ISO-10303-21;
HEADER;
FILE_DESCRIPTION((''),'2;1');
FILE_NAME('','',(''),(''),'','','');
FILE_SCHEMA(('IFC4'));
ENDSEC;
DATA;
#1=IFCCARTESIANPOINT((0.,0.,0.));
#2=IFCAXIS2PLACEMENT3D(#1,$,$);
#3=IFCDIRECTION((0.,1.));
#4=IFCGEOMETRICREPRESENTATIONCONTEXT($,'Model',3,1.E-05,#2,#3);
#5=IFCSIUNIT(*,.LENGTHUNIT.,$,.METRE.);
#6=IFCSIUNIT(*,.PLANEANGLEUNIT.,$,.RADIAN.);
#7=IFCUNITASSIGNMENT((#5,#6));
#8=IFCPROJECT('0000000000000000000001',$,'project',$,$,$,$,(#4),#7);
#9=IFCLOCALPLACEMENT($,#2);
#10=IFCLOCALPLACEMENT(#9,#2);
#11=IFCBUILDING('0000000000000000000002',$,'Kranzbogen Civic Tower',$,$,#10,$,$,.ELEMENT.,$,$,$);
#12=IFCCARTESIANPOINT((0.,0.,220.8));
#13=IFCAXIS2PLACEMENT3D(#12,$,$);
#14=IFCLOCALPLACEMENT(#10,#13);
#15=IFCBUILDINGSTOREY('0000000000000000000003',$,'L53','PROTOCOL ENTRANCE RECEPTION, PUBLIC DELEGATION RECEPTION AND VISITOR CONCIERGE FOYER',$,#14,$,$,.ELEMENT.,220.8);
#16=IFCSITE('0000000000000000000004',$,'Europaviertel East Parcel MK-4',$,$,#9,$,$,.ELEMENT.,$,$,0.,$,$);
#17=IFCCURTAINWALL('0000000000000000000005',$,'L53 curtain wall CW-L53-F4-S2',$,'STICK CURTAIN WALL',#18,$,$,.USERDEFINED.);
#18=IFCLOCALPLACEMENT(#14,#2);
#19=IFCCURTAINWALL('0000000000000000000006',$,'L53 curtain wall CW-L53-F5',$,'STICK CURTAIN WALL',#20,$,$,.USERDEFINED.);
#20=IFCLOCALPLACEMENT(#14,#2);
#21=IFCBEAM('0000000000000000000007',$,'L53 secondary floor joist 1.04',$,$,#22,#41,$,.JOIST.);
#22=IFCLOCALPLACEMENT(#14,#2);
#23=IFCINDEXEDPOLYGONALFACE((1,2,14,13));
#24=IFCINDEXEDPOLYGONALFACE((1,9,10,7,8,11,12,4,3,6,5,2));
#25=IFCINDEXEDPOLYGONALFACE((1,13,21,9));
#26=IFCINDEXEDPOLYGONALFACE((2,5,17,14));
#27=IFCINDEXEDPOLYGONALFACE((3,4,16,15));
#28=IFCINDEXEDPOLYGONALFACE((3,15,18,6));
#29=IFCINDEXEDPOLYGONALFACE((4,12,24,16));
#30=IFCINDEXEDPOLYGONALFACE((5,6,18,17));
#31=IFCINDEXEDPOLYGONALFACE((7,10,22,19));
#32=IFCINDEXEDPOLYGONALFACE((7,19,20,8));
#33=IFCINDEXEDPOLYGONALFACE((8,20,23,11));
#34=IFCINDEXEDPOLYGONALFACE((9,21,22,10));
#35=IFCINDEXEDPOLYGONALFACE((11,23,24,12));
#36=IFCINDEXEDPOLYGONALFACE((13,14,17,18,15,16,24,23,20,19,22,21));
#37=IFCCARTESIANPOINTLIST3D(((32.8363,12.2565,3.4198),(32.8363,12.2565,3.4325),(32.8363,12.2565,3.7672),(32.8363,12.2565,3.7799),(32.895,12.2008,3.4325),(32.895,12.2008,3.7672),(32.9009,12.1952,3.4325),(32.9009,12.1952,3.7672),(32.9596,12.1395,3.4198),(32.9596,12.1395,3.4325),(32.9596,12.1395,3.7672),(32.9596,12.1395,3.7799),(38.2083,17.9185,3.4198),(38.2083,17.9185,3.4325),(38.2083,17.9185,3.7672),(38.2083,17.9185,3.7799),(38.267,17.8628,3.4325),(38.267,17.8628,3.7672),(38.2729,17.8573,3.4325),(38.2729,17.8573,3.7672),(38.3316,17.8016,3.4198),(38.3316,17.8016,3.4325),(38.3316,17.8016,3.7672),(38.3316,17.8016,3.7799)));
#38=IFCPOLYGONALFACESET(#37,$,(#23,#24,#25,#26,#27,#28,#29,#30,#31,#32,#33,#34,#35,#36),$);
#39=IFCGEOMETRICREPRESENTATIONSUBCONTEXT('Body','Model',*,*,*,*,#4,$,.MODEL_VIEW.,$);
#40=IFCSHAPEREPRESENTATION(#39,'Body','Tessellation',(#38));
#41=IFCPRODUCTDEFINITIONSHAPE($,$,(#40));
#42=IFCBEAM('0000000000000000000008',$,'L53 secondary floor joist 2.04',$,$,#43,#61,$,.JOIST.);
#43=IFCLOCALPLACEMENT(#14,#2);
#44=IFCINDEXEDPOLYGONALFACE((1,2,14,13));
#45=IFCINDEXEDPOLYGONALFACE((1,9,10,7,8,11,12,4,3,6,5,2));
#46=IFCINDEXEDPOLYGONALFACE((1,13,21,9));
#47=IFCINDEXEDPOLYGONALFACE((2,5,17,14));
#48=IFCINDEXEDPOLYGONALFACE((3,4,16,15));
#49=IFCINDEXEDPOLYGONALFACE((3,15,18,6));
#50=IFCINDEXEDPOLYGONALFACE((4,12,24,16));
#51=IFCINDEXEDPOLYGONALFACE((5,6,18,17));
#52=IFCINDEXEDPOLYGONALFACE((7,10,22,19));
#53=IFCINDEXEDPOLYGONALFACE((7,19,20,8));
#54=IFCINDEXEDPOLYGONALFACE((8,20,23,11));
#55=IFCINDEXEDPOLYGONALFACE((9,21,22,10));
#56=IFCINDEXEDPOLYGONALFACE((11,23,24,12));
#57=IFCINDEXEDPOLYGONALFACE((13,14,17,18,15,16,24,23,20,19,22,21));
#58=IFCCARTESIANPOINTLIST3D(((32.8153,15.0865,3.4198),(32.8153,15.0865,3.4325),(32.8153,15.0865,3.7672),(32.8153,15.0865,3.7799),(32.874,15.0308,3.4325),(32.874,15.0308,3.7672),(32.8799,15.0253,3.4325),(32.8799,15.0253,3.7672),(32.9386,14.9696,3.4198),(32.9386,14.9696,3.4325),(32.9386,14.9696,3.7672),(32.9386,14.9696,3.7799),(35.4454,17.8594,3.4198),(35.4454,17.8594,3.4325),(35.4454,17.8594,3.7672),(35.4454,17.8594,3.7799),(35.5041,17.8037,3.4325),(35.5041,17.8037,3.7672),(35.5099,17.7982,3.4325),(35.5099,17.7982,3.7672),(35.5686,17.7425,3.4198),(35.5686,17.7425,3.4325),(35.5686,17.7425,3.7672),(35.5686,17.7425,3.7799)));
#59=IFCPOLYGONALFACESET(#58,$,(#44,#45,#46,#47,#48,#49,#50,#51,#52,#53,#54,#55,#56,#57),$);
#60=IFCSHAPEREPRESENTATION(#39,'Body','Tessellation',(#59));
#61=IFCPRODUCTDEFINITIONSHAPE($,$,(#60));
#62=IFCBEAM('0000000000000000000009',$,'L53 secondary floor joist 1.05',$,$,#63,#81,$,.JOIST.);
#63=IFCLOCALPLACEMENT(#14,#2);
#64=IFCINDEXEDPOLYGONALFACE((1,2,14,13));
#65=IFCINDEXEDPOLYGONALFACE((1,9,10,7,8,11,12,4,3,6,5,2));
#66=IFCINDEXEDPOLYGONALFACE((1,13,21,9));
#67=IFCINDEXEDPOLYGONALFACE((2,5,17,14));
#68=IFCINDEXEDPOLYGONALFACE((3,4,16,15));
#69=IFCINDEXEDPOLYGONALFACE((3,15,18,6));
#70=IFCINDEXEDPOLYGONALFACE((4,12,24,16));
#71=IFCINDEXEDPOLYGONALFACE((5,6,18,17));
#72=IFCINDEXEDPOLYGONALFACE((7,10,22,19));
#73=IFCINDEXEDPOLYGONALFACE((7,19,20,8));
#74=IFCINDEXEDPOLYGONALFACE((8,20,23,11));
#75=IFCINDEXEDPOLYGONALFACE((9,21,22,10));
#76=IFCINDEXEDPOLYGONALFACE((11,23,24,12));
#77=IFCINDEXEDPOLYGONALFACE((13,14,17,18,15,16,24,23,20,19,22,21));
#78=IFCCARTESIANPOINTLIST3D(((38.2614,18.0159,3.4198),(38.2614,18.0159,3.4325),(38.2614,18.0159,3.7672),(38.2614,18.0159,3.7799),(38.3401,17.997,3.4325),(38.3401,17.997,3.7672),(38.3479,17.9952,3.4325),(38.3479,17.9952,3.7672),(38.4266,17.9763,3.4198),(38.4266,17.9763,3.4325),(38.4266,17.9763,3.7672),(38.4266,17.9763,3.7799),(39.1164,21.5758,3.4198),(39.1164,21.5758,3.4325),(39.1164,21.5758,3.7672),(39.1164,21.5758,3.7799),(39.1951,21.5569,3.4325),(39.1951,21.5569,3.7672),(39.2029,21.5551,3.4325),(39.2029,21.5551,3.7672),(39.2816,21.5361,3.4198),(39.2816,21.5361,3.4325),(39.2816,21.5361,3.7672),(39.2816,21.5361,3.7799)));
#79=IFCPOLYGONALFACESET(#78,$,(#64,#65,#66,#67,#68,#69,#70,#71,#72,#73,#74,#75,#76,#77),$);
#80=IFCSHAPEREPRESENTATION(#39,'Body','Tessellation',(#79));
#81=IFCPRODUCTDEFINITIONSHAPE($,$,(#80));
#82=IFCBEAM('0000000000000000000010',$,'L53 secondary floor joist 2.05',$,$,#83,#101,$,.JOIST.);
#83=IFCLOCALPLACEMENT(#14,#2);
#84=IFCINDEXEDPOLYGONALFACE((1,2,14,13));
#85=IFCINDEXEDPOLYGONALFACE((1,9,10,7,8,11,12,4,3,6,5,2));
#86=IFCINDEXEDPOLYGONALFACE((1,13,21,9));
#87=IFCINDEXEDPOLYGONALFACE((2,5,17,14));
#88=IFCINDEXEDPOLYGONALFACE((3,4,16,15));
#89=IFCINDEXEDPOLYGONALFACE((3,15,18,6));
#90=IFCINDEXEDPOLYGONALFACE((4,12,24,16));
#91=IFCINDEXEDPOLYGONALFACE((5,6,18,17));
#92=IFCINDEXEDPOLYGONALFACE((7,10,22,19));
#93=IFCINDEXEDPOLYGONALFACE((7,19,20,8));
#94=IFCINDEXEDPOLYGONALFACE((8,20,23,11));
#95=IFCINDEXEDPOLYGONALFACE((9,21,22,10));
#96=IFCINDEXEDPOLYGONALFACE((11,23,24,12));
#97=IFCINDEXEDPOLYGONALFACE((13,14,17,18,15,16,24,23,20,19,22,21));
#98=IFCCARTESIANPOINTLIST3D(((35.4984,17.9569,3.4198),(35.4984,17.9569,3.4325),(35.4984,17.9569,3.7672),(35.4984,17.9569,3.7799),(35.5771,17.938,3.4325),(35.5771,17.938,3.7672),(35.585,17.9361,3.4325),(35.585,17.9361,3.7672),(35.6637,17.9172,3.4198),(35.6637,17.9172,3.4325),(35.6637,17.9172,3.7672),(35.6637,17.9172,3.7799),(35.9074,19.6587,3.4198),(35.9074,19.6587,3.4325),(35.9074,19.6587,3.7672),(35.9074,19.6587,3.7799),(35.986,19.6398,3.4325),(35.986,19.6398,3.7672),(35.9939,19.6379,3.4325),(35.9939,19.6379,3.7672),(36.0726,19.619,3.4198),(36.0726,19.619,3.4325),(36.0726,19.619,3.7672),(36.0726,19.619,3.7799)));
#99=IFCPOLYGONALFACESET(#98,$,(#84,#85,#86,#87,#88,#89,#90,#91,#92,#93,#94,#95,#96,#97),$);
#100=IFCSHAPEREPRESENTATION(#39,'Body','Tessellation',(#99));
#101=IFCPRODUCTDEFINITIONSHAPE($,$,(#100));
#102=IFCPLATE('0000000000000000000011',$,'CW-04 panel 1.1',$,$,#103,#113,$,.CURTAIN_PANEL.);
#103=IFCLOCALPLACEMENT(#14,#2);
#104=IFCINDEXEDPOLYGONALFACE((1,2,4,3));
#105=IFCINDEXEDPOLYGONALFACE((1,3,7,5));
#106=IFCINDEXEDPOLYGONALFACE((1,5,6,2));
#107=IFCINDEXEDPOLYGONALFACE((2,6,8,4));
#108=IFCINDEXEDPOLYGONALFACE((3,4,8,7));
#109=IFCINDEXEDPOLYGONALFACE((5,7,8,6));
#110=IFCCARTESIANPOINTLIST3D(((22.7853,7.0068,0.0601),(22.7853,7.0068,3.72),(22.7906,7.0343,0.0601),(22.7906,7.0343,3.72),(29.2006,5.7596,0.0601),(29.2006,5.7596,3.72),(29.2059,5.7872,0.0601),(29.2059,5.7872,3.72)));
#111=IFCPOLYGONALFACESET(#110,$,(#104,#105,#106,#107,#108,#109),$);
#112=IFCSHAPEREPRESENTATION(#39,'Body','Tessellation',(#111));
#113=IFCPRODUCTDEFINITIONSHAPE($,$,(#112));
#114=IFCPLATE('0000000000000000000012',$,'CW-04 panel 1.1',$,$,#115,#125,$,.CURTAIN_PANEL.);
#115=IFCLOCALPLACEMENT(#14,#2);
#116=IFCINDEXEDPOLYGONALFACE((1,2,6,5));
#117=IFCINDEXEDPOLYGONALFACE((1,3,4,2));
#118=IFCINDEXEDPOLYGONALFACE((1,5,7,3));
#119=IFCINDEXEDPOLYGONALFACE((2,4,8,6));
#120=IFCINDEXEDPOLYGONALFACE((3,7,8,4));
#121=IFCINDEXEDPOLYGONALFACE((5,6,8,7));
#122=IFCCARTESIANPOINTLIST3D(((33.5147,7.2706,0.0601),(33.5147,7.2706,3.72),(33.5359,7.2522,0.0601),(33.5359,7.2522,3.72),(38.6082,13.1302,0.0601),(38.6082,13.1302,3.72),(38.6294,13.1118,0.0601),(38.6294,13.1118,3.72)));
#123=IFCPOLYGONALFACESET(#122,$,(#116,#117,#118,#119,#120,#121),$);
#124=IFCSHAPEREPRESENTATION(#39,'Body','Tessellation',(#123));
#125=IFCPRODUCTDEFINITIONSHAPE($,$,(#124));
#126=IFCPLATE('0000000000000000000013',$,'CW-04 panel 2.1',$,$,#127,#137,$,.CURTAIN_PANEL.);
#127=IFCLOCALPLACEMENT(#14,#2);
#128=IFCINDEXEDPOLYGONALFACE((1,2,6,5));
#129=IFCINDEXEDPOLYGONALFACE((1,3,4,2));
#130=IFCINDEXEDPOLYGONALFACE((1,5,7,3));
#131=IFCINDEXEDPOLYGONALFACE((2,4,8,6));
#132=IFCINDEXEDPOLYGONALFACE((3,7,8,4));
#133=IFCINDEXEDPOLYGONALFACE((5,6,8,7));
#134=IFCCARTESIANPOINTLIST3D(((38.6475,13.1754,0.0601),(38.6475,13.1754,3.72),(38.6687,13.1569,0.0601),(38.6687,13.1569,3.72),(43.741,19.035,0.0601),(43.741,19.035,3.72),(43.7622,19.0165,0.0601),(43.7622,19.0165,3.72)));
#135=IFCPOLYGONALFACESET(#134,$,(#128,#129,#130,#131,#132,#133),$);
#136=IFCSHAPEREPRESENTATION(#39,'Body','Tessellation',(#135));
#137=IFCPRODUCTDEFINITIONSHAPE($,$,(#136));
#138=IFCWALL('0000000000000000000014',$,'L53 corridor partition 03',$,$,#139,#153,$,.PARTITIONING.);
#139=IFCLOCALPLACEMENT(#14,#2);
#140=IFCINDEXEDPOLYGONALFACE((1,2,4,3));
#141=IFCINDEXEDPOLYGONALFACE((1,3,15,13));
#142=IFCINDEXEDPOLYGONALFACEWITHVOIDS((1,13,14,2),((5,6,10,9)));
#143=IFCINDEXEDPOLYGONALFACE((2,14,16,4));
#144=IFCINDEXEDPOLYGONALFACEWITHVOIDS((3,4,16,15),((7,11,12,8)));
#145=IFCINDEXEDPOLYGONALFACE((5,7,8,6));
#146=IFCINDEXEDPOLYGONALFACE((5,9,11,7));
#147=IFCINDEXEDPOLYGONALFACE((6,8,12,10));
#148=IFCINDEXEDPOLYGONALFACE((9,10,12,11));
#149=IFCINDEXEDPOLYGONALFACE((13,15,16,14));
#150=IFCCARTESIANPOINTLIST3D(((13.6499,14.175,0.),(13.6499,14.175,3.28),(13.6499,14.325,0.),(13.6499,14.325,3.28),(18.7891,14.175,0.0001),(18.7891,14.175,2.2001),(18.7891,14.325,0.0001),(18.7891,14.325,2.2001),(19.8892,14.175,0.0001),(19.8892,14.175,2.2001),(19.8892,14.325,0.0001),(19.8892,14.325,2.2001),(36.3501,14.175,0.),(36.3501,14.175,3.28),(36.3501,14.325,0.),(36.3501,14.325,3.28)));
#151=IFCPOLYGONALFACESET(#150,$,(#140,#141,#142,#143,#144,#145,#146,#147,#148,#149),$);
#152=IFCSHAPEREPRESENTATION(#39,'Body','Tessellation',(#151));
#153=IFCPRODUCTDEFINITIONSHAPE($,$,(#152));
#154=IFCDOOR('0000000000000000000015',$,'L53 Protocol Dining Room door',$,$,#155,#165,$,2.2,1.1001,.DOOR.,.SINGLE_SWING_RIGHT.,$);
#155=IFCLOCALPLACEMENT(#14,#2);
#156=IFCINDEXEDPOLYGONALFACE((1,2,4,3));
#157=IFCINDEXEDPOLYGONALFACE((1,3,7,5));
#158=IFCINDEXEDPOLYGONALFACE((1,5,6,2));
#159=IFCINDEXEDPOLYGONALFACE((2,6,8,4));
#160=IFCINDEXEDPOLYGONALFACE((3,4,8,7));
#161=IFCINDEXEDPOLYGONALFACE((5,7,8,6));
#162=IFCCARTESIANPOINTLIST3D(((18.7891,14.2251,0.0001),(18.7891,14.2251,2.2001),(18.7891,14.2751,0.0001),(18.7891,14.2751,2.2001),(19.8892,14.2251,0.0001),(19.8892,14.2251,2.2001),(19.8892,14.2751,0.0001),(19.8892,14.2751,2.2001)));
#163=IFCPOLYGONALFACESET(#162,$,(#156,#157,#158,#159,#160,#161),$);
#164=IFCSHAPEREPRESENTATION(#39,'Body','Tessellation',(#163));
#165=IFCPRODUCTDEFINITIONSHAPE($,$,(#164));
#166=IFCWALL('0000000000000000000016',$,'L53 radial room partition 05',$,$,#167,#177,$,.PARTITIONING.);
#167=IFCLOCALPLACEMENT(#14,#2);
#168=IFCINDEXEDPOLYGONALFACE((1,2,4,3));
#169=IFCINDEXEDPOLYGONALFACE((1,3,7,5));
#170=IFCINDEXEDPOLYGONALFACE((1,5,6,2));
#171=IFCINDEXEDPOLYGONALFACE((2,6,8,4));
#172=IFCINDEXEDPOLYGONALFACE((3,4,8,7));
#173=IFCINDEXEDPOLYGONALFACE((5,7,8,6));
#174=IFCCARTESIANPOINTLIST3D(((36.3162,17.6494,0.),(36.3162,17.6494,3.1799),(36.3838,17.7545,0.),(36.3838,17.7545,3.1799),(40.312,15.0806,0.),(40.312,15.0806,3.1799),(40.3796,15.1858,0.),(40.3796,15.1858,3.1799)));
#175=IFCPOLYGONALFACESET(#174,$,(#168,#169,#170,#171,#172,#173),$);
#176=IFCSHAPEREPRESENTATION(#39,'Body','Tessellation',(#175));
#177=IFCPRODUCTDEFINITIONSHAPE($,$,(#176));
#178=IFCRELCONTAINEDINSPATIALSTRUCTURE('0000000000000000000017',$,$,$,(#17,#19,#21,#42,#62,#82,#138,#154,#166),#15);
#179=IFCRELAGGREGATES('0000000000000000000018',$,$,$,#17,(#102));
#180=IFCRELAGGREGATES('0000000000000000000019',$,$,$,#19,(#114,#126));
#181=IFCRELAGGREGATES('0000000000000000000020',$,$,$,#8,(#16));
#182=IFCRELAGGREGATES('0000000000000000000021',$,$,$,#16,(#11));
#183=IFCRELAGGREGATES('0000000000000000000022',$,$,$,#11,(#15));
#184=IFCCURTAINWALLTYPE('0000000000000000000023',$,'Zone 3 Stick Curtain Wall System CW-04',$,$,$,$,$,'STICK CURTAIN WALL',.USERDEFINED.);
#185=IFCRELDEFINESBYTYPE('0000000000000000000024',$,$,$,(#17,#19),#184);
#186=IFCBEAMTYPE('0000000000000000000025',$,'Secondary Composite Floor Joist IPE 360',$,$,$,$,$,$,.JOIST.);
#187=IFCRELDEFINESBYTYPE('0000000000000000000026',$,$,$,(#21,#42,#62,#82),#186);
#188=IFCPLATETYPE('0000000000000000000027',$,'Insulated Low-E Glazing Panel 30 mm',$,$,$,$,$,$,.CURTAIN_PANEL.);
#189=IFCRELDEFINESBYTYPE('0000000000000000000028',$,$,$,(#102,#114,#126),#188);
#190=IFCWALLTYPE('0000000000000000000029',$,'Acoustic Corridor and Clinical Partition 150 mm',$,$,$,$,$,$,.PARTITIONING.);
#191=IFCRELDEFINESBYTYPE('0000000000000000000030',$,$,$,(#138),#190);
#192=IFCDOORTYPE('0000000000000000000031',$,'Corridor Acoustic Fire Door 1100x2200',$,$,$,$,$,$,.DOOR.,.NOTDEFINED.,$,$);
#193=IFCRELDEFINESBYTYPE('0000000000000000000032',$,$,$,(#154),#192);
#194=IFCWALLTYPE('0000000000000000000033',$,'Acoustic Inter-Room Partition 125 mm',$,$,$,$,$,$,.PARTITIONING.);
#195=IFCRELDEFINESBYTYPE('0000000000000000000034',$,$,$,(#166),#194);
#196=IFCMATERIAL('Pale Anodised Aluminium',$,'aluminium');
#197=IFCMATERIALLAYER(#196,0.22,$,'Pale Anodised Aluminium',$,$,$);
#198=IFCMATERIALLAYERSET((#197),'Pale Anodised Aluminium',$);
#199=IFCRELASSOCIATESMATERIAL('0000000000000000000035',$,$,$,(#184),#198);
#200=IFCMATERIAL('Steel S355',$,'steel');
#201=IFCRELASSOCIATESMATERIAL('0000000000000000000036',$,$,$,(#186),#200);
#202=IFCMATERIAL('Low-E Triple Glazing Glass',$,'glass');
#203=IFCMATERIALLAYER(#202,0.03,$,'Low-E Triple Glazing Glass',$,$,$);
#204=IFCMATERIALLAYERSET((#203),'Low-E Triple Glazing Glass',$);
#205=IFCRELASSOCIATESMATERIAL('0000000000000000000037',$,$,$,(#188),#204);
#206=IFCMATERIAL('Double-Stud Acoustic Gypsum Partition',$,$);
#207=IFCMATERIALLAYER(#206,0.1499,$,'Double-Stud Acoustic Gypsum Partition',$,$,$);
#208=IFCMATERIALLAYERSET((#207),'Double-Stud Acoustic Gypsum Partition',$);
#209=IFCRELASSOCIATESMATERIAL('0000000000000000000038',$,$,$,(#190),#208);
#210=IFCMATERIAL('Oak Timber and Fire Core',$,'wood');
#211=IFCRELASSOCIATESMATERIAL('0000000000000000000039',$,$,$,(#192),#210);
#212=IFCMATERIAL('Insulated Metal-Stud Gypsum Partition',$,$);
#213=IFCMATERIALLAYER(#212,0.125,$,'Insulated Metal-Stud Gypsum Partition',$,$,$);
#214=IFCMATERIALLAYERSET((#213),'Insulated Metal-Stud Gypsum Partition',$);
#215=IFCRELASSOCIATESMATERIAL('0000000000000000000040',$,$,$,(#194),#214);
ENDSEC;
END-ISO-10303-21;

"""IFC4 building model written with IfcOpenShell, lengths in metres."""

from ifc_helpers import new_model, si_unit, direction, frame, frame_2d, origin, origin_2d, place, context, subcontext, project, spatial, rectangle, i_section, extrude, material, layer, layer_set, material_profile, profile_set, type_object, element, fill, aggregate, save


model = new_model("IFC4")

# Units and contexts
model_context = context("Model", 3, precision=1e-05, world=origin(), true_north=direction((0.0, 1.0)))
body_context = subcontext(model_context, "Body", "Model", "MODEL_VIEW")
ifc_project = project(units=[si_unit("LENGTHUNIT", "METRE"), si_unit("PLANEANGLEUNIT", "RADIAN")], contexts=[model_context])

# Site, building, storey
site_placement = place(None, origin())
site = spatial("IfcSite", under=ifc_project, at=site_placement, Name="Europaviertel East Parcel MK-4", CompositionType="ELEMENT", RefElevation=0.0)
building_placement = place(site_placement, origin())
building = spatial("IfcBuilding", under=site, at=building_placement, Name="Kranzbogen Civic Tower", CompositionType="ELEMENT")
storey_placement = place(building_placement, frame((0.0, 0.0, 220.8)))
storey = spatial("IfcBuildingStorey", under=building, at=storey_placement, Name="L53", Description="PROTOCOL ENTRANCE RECEPTION, PUBLIC DELEGATION RECEPTION AND VISITOR CONCIERGE FOYER", CompositionType="ELEMENT", Elevation=220.8)

# Shared definitions
ifc_material_1 = material(Name="Steel S355", Category="steel")

# Curtain wall
ifc_material_2 = material(Name="Pale Anodised Aluminium", Category="aluminium")
ifc_layer_1 = layer(ifc_material_2, 0.22, Name="Pale Anodised Aluminium")
ifc_layer_set_1 = layer_set([ifc_layer_1], Name="Pale Anodised Aluminium")
curtain_wall_type = type_object("IfcCurtainWallType", Name="Zone 3 Stick Curtain Wall System CW-04", ElementType="STICK CURTAIN WALL", PredefinedType="USERDEFINED", material=ifc_layer_set_1)
curtain_wall_1_placement = place(storey_placement, origin())
curtain_wall_1 = element("IfcCurtainWall", 1, at=curtain_wall_1_placement, inside=storey, type_object=curtain_wall_type, Name="L53 curtain wall CW-L53-F4-S2", ObjectType="STICK CURTAIN WALL", PredefinedType="USERDEFINED")

# Curtain wall
curtain_wall_2_placement = place(storey_placement, origin())
curtain_wall_2 = element("IfcCurtainWall", 2, at=curtain_wall_2_placement, inside=storey, type_object=curtain_wall_type, Name="L53 curtain wall CW-L53-F5", ObjectType="STICK CURTAIN WALL", PredefinedType="USERDEFINED")

# Beams
ifc_material_profile_1 = material_profile(ifc_material_1, i_section(OverallWidth=0.1699, OverallDepth=0.3601, WebThickness=0.0081, FlangeThickness=0.0127, at=origin_2d()), Name="IPE 360")
ifc_profile_set_1 = profile_set([ifc_material_profile_1], Name="Steel S355")
beam_type_1 = type_object("IfcBeamType", Name="Secondary Composite Floor Joist IPE 360", PredefinedType="JOIST", material=ifc_profile_set_1)
beam_1_placement = place(storey_placement, frame((32.8979, 12.198, 3.5999), z_axis=(0.688282, 0.725443, 0.0), x_axis=(-0.725443, 0.688282, 0.0)))
element("IfcBeam", 3, at=beam_1_placement, inside=storey, type_object=beam_type_1, Name="L53 secondary floor joist 1.04", PredefinedType="JOIST", context=body_context, shape_type="SweptSolid", body=[
    extrude(i_section(OverallWidth=0.1699, OverallDepth=0.3601, WebThickness=0.0081, FlangeThickness=0.0127, at=origin_2d()), origin(), (0.0, 0.0, 1.0), 7.8049),
])
beam_2_placement = place(storey_placement, frame((32.877, 15.0281, 3.5999), z_axis=(0.688175, 0.725545, 0.0), x_axis=(-0.725545, 0.688175, 0.0)))
element("IfcBeam", 4, at=beam_2_placement, inside=storey, type_object=beam_type_1, Name="L53 secondary floor joist 2.04", PredefinedType="JOIST", context=body_context, shape_type="SweptSolid", body=[
    extrude(i_section(OverallWidth=0.1699, OverallDepth=0.3601, WebThickness=0.0081, FlangeThickness=0.0127, at=origin_2d()), origin(), (0.0, 0.0, 1.0), 3.8218),
])
beam_3_placement = place(storey_placement, frame((38.344, 17.9961, 3.5999), z_axis=(0.233534, 0.972349, 0.0), x_axis=(-0.972349, 0.233534, 0.0)))
element("IfcBeam", 5, at=beam_3_placement, inside=storey, type_object=beam_type_1, Name="L53 secondary floor joist 1.05", PredefinedType="JOIST", context=body_context, shape_type="SweptSolid", body=[
    extrude(i_section(OverallWidth=0.1699, OverallDepth=0.3601, WebThickness=0.0081, FlangeThickness=0.0127, at=origin_2d()), origin(), (0.0, 0.0, 1.0), 3.6611),
])
beam_4_placement = place(storey_placement, frame((35.5811, 17.937, 3.5999), z_axis=(0.233631, 0.972325, 0.0), x_axis=(-0.972325, 0.233631, 0.0)))
element("IfcBeam", 6, at=beam_4_placement, inside=storey, type_object=beam_type_1, Name="L53 secondary floor joist 2.05", PredefinedType="JOIST", context=body_context, shape_type="SweptSolid", body=[
    extrude(i_section(OverallWidth=0.1699, OverallDepth=0.3601, WebThickness=0.0081, FlangeThickness=0.0127, at=origin_2d()), origin(), (0.0, 0.0, 1.0), 1.7502),
])

# Plates
ifc_material_3 = material(Name="Low-E Triple Glazing Glass", Category="glass")
ifc_layer_2 = layer(ifc_material_3, 0.03, Name="Low-E Triple Glazing Glass")
ifc_layer_set_2 = layer_set([ifc_layer_2], Name="Low-E Triple Glazing Glass")
plate_type = type_object("IfcPlateType", Name="Insulated Low-E Glazing Panel 30 mm", PredefinedType="CURTAIN_PANEL", material=ifc_layer_set_2)
plate_1_placement = place(storey_placement, frame((25.9956, 6.397, 0.0601), z_axis=(0.0, 0.0, 1.0), x_axis=(0.981624, -0.190825, 0.0)))
plate_1 = element("IfcPlate", 7, at=plate_1_placement, type_object=plate_type, Name="CW-04 panel 1.1", PredefinedType="CURTAIN_PANEL", context=body_context, shape_type="SweptSolid", body=[
    extrude(rectangle(XDim=6.5354, YDim=0.0281, at=origin_2d()), origin(), (0.0, 0.0, 1.0), 3.6599),
])
aggregate(curtain_wall_1, [plate_1])
plate_2_placement = place(storey_placement, frame((36.072, 10.1912, 0.0601), z_axis=(0.0, 0.0, 1.0), x_axis=(0.656045, 0.754722, 0.0)))
plate_2 = element("IfcPlate", 8, at=plate_2_placement, type_object=plate_type, Name="CW-04 panel 1.1", PredefinedType="CURTAIN_PANEL", context=body_context, shape_type="SweptSolid", body=[
    extrude(rectangle(XDim=7.7639, YDim=0.0281, at=origin_2d()), origin(), (0.0, 0.0, 1.0), 3.6599),
])
plate_3_placement = place(storey_placement, frame((41.2048, 16.0959, 0.0601), z_axis=(0.0, 0.0, 1.0), x_axis=(0.656045, 0.754722, 0.0)))
plate_3 = element("IfcPlate", 9, at=plate_3_placement, type_object=plate_type, Name="CW-04 panel 2.1", PredefinedType="CURTAIN_PANEL", context=body_context, shape_type="SweptSolid", body=[
    extrude(rectangle(XDim=7.7639, YDim=0.0281, at=origin_2d()), origin(), (0.0, 0.0, 1.0), 3.6599),
])
aggregate(curtain_wall_2, [plate_2, plate_3])

# Wall, opening, door
ifc_material_4 = material(Name="Double-Stud Acoustic Gypsum Partition")
ifc_layer_3 = layer(ifc_material_4, 0.1499, Name="Double-Stud Acoustic Gypsum Partition")
ifc_layer_set_3 = layer_set([ifc_layer_3], Name="Double-Stud Acoustic Gypsum Partition")
wall_type_1 = type_object("IfcWallType", Name="Acoustic Corridor and Clinical Partition 150 mm", PredefinedType="PARTITIONING", material=ifc_layer_set_3)
wall_1_placement = place(storey_placement, frame((36.3501, 14.25, 0.0), z_axis=(0.0, 0.0, 1.0), x_axis=(-1.0, 0.0, 0.0)))
wall_1 = element("IfcWall", 10, at=wall_1_placement, inside=storey, type_object=wall_type_1, Name="L53 corridor partition 03", PredefinedType="PARTITIONING", context=body_context, shape_type="SweptSolid", body=[
    extrude(rectangle(XDim=22.7002, YDim=0.1499, at=frame_2d((11.3501, 0.0))), origin(), (0.0, 0.0, 1.0), 3.28),
])
opening_placement = place(wall_1_placement, frame((16.4609, 0.0, 0.0)))
opening = element("IfcOpeningElement", 11, at=opening_placement, cuts=wall_1, PredefinedType="OPENING", context=body_context, shape_type="SweptSolid", body=[
    extrude(rectangle(XDim=1.1001, YDim=2.2, at=frame_2d((0.55, 1.1001))), frame((0.0, 0.085, 0.0), z_axis=(0.0, -1.0, 0.0), x_axis=(1.0, 0.0, 0.0)), (0.0, 0.0, 1.0), 0.1699),
])
ifc_material_5 = material(Name="Oak Timber and Fire Core", Category="wood")
door_type = type_object("IfcDoorType", Name="Corridor Acoustic Fire Door 1100x2200", OperationType="NOTDEFINED", PredefinedType="DOOR", material=ifc_material_5)
door_placement = place(opening_placement, origin())
door = element("IfcDoor", 12, at=door_placement, inside=storey, type_object=door_type, Name="L53 Protocol Dining Room door", OperationType="SINGLE_SWING_RIGHT", OverallHeight=2.2, OverallWidth=1.1001, PredefinedType="DOOR", context=body_context, shape_type="SweptSolid", body=[
    extrude(rectangle(XDim=1.1001, YDim=2.2, at=frame_2d((0.55, 1.1001))), frame((0.0, 0.0249, 0.0), z_axis=(0.0, -1.0, 0.0), x_axis=(1.0, 0.0, 0.0)), (0.0, 0.0, 1.0), 0.05),
])
fill(opening, door)

# Wall
ifc_material_6 = material(Name="Insulated Metal-Stud Gypsum Partition")
ifc_layer_4 = layer(ifc_material_6, 0.125, Name="Insulated Metal-Stud Gypsum Partition")
ifc_layer_set_4 = layer_set([ifc_layer_4], Name="Insulated Metal-Stud Gypsum Partition")
wall_type_2 = type_object("IfcWallType", Name="Acoustic Inter-Room Partition 125 mm", PredefinedType="PARTITIONING", material=ifc_layer_set_4)
wall_2_placement = place(storey_placement, frame((36.3501, 17.7019, 0.0), z_axis=(0.0, 0.0, 1.0), x_axis=(0.84117, -0.540771, 0.0)))
element("IfcWall", 13, at=wall_2_placement, inside=storey, type_object=wall_type_2, Name="L53 radial room partition 05", PredefinedType="PARTITIONING", context=body_context, shape_type="SweptSolid", body=[
    extrude(rectangle(XDim=4.7502, YDim=0.125, at=frame_2d((2.375, 0.0))), origin(), (0.0, 0.0, 1.0), 3.1799),
])

save(model, "model.ifc")
